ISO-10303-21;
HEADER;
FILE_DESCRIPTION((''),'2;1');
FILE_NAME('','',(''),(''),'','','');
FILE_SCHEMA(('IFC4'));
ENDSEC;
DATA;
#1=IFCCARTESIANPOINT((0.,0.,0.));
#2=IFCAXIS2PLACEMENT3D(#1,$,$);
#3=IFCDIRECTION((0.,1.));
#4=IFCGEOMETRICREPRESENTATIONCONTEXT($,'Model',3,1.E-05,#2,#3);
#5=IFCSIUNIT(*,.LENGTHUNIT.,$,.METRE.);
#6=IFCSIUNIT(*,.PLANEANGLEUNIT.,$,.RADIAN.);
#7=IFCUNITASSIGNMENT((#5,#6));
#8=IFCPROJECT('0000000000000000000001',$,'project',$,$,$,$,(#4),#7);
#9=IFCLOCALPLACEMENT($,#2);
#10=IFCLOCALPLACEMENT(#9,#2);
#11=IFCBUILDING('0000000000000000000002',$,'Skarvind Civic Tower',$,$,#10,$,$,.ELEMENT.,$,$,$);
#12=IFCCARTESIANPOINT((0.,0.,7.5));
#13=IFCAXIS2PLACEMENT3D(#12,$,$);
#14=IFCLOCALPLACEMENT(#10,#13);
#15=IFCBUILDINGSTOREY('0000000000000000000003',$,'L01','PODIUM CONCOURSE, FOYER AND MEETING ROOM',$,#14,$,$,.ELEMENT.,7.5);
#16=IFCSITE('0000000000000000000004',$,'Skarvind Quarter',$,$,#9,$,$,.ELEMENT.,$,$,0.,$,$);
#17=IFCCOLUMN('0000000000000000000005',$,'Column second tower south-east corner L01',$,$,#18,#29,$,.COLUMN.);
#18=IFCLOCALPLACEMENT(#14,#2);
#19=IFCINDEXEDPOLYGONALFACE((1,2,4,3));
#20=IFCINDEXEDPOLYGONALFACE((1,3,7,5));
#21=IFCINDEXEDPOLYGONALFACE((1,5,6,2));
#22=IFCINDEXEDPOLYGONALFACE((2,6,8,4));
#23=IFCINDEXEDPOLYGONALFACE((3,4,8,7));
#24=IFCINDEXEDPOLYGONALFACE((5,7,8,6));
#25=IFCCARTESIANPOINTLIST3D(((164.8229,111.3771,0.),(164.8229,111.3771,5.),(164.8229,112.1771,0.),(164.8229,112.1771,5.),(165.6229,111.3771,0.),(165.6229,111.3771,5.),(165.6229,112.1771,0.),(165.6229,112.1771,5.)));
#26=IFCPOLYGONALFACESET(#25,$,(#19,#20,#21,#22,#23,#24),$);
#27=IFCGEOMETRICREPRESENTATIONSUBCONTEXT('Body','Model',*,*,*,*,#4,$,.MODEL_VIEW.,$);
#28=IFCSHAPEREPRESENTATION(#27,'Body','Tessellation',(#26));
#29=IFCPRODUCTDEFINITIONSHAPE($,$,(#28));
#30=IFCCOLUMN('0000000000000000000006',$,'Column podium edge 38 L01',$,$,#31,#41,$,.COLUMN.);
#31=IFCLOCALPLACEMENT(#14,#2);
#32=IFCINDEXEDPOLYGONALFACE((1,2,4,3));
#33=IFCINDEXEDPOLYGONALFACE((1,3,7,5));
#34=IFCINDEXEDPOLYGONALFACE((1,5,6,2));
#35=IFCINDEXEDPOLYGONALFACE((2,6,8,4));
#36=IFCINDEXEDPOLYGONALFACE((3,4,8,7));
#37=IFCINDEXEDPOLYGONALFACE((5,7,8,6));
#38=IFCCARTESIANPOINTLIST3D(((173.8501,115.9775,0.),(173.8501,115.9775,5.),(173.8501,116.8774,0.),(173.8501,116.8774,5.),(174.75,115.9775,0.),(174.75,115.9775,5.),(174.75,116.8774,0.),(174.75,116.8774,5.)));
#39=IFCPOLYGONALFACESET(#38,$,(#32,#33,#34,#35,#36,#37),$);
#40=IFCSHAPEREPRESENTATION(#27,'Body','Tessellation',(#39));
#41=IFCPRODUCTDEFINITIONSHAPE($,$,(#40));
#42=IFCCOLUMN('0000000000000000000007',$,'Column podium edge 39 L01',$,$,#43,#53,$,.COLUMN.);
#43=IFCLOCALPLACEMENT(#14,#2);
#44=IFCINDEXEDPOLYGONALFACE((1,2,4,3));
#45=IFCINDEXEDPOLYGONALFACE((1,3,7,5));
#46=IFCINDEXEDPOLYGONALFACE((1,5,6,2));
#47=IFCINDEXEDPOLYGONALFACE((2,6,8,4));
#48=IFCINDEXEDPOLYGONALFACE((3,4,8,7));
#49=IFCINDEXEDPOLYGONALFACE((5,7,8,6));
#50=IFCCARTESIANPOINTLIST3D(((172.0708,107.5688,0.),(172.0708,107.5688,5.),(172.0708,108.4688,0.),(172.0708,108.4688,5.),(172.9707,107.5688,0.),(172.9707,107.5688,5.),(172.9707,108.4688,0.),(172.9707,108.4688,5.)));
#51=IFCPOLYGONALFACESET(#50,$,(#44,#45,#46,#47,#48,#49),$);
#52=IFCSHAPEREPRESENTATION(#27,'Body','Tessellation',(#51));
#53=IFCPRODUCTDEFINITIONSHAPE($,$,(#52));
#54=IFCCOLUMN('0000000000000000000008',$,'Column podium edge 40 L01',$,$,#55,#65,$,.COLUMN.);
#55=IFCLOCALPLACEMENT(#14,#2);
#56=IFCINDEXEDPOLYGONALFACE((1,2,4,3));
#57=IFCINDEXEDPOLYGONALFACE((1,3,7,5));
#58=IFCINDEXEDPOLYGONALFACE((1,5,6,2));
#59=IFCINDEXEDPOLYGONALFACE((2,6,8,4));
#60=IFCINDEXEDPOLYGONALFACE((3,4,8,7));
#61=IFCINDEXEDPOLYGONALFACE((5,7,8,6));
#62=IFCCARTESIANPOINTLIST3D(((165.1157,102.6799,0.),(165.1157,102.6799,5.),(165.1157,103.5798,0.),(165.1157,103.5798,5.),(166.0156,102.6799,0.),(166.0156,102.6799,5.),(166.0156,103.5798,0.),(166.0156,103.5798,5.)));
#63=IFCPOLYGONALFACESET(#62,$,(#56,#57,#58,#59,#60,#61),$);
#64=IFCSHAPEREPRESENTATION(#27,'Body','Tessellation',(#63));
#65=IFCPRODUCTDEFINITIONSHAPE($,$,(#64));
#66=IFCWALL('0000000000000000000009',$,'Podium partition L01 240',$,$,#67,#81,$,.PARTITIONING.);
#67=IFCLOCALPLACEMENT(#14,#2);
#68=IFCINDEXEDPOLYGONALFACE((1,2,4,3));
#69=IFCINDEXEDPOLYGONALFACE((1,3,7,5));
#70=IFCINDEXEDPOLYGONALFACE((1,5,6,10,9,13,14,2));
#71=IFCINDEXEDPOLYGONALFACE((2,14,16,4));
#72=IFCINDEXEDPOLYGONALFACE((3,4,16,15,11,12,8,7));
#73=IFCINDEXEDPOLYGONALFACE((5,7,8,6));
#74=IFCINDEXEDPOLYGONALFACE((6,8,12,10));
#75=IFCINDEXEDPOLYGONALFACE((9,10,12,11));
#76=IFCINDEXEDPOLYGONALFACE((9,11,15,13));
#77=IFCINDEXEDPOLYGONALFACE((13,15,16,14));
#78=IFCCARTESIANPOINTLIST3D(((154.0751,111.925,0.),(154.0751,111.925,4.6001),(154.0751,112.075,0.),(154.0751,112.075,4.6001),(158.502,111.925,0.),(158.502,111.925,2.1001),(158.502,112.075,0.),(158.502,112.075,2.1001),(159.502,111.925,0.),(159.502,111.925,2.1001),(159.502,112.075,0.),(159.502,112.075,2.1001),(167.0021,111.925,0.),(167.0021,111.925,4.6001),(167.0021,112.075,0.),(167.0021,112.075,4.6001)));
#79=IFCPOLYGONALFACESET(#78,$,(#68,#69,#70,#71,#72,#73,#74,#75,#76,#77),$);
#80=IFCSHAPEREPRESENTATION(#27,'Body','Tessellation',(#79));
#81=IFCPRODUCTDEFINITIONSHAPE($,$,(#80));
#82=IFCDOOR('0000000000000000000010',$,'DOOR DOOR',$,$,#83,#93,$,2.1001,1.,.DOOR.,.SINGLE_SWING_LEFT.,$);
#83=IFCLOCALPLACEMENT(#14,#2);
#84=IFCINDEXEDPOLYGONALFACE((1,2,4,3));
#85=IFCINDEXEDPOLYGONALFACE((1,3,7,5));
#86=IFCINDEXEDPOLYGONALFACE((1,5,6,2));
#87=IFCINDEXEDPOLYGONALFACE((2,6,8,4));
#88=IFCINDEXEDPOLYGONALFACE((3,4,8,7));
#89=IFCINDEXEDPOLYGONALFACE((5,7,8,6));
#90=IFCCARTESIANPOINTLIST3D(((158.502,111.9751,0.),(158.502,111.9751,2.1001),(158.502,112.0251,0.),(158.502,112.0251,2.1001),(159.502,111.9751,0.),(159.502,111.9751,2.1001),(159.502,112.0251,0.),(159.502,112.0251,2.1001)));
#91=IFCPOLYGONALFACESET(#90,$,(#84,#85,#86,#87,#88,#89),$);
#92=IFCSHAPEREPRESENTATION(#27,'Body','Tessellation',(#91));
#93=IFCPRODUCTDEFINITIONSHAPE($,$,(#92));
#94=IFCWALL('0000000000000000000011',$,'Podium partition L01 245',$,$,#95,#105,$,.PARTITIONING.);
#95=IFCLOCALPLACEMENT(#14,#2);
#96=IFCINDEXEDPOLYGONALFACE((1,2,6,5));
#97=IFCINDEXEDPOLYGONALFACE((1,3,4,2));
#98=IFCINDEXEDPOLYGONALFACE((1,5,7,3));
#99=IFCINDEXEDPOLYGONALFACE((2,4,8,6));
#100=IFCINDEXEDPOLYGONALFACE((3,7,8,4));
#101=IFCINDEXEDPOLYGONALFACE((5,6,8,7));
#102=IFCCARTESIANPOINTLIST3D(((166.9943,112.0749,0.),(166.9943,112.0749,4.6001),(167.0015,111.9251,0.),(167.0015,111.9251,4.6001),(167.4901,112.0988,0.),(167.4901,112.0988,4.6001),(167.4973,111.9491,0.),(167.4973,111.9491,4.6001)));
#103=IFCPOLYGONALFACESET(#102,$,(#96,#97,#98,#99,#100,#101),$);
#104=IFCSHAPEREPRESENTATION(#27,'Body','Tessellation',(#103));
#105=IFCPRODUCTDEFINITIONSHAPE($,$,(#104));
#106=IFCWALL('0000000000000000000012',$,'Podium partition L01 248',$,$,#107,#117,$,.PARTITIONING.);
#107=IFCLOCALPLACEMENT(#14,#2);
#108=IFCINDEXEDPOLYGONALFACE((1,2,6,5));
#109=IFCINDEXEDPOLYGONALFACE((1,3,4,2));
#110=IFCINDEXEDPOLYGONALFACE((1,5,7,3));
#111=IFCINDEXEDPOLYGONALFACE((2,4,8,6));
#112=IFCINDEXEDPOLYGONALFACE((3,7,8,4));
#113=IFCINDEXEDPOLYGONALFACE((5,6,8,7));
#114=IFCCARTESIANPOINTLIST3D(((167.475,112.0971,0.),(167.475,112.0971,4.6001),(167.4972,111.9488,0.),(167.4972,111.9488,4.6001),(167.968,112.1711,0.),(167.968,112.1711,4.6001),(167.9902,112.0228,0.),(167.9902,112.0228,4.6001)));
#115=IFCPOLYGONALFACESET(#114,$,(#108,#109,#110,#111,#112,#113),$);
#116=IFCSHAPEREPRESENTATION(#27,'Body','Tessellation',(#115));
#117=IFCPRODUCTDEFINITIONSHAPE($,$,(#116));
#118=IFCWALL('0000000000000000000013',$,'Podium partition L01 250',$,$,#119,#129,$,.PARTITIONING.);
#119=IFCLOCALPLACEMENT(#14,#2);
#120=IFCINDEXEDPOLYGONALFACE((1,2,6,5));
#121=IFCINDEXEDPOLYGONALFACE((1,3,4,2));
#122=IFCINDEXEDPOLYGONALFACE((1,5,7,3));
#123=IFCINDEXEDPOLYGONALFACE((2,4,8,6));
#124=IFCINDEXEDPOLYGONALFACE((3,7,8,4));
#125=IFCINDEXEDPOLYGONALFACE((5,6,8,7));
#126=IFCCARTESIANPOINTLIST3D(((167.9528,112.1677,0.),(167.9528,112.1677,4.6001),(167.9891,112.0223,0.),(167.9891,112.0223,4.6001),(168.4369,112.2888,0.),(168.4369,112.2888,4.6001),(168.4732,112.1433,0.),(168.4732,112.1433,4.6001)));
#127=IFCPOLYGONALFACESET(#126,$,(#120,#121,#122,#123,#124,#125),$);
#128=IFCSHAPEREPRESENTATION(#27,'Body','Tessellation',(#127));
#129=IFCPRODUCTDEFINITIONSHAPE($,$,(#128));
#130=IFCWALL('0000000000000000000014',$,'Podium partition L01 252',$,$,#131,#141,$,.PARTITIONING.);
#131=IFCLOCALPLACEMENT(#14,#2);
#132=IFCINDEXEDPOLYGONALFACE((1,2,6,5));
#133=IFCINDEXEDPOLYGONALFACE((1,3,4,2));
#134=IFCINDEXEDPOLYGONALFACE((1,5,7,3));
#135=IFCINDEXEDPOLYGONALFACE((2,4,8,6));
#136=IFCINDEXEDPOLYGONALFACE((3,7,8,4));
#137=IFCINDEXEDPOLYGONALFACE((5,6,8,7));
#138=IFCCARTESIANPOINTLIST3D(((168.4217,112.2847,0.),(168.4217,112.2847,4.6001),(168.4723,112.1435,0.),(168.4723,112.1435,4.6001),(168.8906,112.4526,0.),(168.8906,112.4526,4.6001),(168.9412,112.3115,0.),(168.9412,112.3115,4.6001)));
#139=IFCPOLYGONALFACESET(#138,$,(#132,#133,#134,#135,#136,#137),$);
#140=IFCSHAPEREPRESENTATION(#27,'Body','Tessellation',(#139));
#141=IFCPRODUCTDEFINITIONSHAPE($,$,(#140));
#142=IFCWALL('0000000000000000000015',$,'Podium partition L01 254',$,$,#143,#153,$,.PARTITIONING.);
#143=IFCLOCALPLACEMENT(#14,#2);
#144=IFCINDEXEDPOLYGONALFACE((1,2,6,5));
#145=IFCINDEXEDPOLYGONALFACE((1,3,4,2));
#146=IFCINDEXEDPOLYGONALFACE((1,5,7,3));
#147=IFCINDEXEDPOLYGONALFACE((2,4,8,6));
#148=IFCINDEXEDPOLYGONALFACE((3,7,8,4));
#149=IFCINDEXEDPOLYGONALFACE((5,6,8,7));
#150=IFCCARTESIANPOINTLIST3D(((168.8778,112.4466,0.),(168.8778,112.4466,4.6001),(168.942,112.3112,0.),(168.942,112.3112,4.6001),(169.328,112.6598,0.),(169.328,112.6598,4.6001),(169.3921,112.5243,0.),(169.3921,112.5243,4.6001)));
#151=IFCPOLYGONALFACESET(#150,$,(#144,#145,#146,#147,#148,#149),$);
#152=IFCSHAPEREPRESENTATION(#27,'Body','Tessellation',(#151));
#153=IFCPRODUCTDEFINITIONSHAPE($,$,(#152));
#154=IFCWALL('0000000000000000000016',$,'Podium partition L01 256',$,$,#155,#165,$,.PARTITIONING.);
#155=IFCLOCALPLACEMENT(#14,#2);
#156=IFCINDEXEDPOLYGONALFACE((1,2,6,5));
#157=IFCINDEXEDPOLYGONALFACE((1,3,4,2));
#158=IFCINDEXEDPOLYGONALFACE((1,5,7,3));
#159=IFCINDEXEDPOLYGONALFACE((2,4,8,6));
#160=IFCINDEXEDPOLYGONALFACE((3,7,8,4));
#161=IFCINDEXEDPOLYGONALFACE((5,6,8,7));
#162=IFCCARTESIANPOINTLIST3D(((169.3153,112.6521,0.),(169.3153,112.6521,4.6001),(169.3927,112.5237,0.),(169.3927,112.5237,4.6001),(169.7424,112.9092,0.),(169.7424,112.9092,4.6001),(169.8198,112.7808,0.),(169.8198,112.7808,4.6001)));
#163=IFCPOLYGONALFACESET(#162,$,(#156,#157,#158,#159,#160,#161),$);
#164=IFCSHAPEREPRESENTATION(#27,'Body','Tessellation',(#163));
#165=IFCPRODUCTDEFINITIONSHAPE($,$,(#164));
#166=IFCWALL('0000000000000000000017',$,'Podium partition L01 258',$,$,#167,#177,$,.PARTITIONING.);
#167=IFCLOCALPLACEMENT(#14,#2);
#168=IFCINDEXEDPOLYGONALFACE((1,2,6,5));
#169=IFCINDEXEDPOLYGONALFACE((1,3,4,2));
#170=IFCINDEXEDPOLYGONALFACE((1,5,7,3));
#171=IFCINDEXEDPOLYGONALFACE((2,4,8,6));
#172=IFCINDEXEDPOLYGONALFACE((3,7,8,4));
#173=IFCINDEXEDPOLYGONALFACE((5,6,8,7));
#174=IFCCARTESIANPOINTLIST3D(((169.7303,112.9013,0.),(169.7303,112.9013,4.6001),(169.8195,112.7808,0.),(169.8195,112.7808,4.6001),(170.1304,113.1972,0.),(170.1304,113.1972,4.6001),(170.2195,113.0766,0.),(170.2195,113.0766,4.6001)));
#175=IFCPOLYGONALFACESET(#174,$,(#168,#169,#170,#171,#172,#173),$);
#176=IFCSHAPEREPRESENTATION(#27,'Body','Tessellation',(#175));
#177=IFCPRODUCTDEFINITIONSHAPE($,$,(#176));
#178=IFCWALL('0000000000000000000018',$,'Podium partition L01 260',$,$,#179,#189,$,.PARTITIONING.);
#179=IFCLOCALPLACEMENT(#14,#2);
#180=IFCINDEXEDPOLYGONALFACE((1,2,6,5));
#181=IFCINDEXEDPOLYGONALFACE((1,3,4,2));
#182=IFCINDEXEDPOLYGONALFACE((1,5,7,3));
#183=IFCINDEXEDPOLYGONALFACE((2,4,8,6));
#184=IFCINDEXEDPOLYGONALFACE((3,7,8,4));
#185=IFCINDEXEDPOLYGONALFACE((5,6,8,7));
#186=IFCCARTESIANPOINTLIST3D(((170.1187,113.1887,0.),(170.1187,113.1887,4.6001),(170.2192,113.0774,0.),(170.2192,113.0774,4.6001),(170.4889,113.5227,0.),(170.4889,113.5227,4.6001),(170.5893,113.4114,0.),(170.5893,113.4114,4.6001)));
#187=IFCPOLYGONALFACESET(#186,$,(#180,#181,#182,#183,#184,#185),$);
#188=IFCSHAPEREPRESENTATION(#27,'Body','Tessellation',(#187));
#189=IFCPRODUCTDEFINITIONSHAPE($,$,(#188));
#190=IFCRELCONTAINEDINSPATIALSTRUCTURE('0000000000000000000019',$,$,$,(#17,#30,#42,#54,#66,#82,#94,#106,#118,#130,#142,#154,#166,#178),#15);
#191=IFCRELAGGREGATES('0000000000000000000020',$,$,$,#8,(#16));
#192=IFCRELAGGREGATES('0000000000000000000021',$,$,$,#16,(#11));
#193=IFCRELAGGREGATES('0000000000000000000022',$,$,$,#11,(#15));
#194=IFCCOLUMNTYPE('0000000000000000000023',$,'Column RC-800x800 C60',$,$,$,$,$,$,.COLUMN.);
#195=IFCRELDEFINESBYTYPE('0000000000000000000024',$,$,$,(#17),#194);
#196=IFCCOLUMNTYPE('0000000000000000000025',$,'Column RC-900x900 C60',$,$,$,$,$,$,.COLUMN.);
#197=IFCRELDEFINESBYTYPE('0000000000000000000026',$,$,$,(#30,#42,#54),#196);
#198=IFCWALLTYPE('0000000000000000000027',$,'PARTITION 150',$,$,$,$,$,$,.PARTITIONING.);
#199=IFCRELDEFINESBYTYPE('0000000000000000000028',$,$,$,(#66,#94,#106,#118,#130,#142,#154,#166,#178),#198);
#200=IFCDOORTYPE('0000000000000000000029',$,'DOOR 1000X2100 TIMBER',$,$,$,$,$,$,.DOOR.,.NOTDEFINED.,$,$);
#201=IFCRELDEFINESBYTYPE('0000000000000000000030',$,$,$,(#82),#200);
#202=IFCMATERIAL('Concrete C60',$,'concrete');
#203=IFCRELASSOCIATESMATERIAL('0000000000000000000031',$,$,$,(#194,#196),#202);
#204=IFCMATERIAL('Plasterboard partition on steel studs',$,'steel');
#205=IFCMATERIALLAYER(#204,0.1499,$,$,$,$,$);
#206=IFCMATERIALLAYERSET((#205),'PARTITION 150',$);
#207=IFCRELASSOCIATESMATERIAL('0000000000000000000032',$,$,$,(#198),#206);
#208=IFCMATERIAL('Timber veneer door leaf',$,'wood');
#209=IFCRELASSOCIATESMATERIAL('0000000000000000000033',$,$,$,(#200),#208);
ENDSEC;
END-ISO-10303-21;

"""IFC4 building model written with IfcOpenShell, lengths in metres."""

from ifc_helpers import new_model, si_unit, direction, frame, frame_2d, origin, origin_2d, place, context, subcontext, project, spatial, rectangle, extrude, material, layer, layer_set, material_profile, profile_set, type_object, element, fill, save


model = new_model("IFC4")

# Units and contexts
model_context = context("Model", 3, precision=1e-05, world=origin(), true_north=direction((0.0, 1.0)))
body_context = subcontext(model_context, "Body", "Model", "MODEL_VIEW")
ifc_project = project(units=[si_unit("LENGTHUNIT", "METRE"), si_unit("PLANEANGLEUNIT", "RADIAN")], contexts=[model_context])

# Site, building, storey
site_placement = place(None, origin())
site = spatial("IfcSite", under=ifc_project, at=site_placement, Name="Skarvind Quarter", CompositionType="ELEMENT", RefElevation=0.0)
building_placement = place(site_placement, origin())
building = spatial("IfcBuilding", under=site, at=building_placement, Name="Skarvind Civic Tower", CompositionType="ELEMENT")
storey_placement = place(building_placement, frame((0.0, 0.0, 7.5)))
storey = spatial("IfcBuildingStorey", under=building, at=storey_placement, Name="L01", Description="PODIUM CONCOURSE, FOYER AND MEETING ROOM", CompositionType="ELEMENT", Elevation=7.5)

# Columns
ifc_material_1 = material(Name="Concrete C60", Category="concrete")
ifc_material_profile_1 = material_profile(ifc_material_1, rectangle(XDim=0.8, YDim=0.8, at=origin_2d()), Name="RC-800x800")
ifc_profile_set_1 = profile_set([ifc_material_profile_1], Name="Concrete C60")
column_type_1 = type_object("IfcColumnType", Name="Column RC-800x800 C60", PredefinedType="COLUMN", material=ifc_profile_set_1)
column_placement = place(storey_placement, frame((165.2229, 111.7771, 0.0), z_axis=(0.0, 0.0, 1.0), x_axis=(1.0, 0.0, 0.0)))
element("IfcColumn", 1, at=column_placement, inside=storey, type_object=column_type_1, Name="Column second tower south-east corner L01", PredefinedType="COLUMN", context=body_context, shape_type="SweptSolid", body=[
    extrude(rectangle(XDim=0.8, YDim=0.8, at=origin_2d()), origin(), (0.0, 0.0, 1.0), 5.0),
])
ifc_material_profile_2 = material_profile(ifc_material_1, rectangle(XDim=0.8999, YDim=0.8999, at=origin_2d()), Name="RC-900x900")
ifc_profile_set_2 = profile_set([ifc_material_profile_2], Name="Concrete C60")
column_type_2 = type_object("IfcColumnType", Name="Column RC-900x900 C60", PredefinedType="COLUMN", material=ifc_profile_set_2)
for number, where, z_axis, x_axis, name in (
    (2, (174.3, 116.4275, 0.0), (0.0, 0.0, 1.0), (1.0, 0.0, 0.0), "Column podium edge 38 L01"),
    (3, (172.5208, 108.0188, 0.0), (0.0, 0.0, 1.0), (1.0, 0.0, 0.0), "Column podium edge 39 L01"),
    (4, (165.5657, 103.1299, 0.0), (0.0, 0.0, 1.0), (1.0, 0.0, 0.0), "Column podium edge 40 L01"),
):
    element("IfcColumn", number, at=place(storey_placement, frame(where, z_axis=z_axis, x_axis=x_axis)), inside=storey, type_object=column_type_2, Name=name, PredefinedType="COLUMN", context=body_context, shape_type="SweptSolid", body=[
        extrude(rectangle(XDim=0.8999, YDim=0.8999, at=origin_2d()), origin(), (0.0, 0.0, 1.0), 5.0),
    ])

# Wall, opening, door
ifc_material_2 = material(Name="Plasterboard partition on steel studs", Category="steel")
ifc_layer_1 = layer(ifc_material_2, 0.1499)
ifc_layer_set_1 = layer_set([ifc_layer_1], Name="PARTITION 150")
wall_type_1 = type_object("IfcWallType", Name="PARTITION 150", PredefinedType="PARTITIONING", material=ifc_layer_set_1)
wall_1_placement = place(storey_placement, frame((167.002, 112.0, 0.0), z_axis=(0.0, 0.0, 1.0), x_axis=(-1.0, 0.0, 0.0)))
wall_1 = element("IfcWall", 5, at=wall_1_placement, inside=storey, type_object=wall_type_1, Name="Podium partition L01 240", PredefinedType="PARTITIONING", context=body_context, shape_type="SweptSolid", body=[
    extrude(rectangle(XDim=12.927, YDim=0.1499, at=frame_2d((6.4634, 0.0))), origin(), (0.0, 0.0, 1.0), 4.6001),
])
opening_placement = place(wall_1_placement, frame((7.5, 0.0, 0.0)))
opening = element("IfcOpeningElement", 6, at=opening_placement, cuts=wall_1, PredefinedType="OPENING", context=body_context, shape_type="SweptSolid", body=[
    extrude(rectangle(XDim=1.0, YDim=2.1001, at=frame_2d((0.5, 1.05))), frame((0.0, 0.085, 0.0), z_axis=(0.0, -1.0, 0.0), x_axis=(1.0, 0.0, 0.0)), (0.0, 0.0, 1.0), 0.1699),
])
ifc_material_3 = material(Name="Timber veneer door leaf", Category="wood")
door_type = type_object("IfcDoorType", Name="DOOR 1000X2100 TIMBER", OperationType="NOTDEFINED", PredefinedType="DOOR", material=ifc_material_3)
door_placement = place(opening_placement, origin())
door = element("IfcDoor", 7, at=door_placement, inside=storey, type_object=door_type, Name="DOOR DOOR", OperationType="SINGLE_SWING_LEFT", OverallHeight=2.1001, OverallWidth=1.0, PredefinedType="DOOR", context=body_context, shape_type="SweptSolid", body=[
    extrude(rectangle(XDim=1.0, YDim=2.1001, at=frame_2d((0.5, 1.05))), frame((0.0, 0.0249, 0.0), z_axis=(0.0, -1.0, 0.0), x_axis=(1.0, 0.0, 0.0)), (0.0, 0.0, 1.0), 0.05),
])
fill(opening, door)

# Walls
wall_2_placement = place(storey_placement, frame((166.998, 112.0, 0.0), z_axis=(0.0, 0.0, 1.0), x_axis=(0.998838, 0.048196, 0.0)))
element("IfcWall", 8, at=wall_2_placement, inside=storey, type_object=wall_type_1, Name="Podium partition L01 245", PredefinedType="PARTITIONING", context=body_context, shape_type="SweptSolid", body=[
    extrude(rectangle(XDim=0.4963, YDim=0.1499, at=frame_2d((0.248, 0.0))), origin(), (0.0, 0.0, 1.0), 4.6001),
])
wall_3_placement = place(storey_placement, frame((167.4861, 112.0229, 0.0), z_axis=(0.0, 0.0, 1.0), x_axis=(0.988926, 0.148412, 0.0)))
element("IfcWall", 9, at=wall_3_placement, inside=storey, type_object=wall_type_1, Name="Podium partition L01 248", PredefinedType="PARTITIONING", context=body_context, shape_type="SweptSolid", body=[
    extrude(rectangle(XDim=0.4985, YDim=0.1499, at=frame_2d((0.2493, 0.0))), origin(), (0.0, 0.0, 1.0), 4.6001),
])
wall_4_placement = place(storey_placement, frame((167.9709, 112.095, 0.0), z_axis=(0.0, 0.0, 1.0), x_axis=(0.970114, 0.242651, 0.0)))
element("IfcWall", 10, at=wall_4_placement, inside=storey, type_object=wall_type_1, Name="Podium partition L01 250", PredefinedType="PARTITIONING", context=body_context, shape_type="SweptSolid", body=[
    extrude(rectangle(XDim=0.499, YDim=0.1499, at=frame_2d((0.2495, 0.0))), origin(), (0.0, 0.0, 1.0), 4.6001),
])
for number, where, z_axis, x_axis, name in (
    (11, (168.447, 112.2141, 0.0), (0.0, 0.0, 1.0), (0.941442, 0.337174, 0.0), "Podium partition L01 252"),
    (12, (168.9099, 112.3789, 0.0), (0.0, 0.0, 1.0), (0.903828, 0.427897, 0.0), "Podium partition L01 254"),
):
    element("IfcWall", number, at=place(storey_placement, frame(where, z_axis=z_axis, x_axis=x_axis)), inside=storey, type_object=wall_type_1, Name=name, PredefinedType="PARTITIONING", context=body_context, shape_type="SweptSolid", body=[
        extrude(rectangle(XDim=0.498, YDim=0.1499, at=frame_2d((0.249, 0.0))), origin(), (0.0, 0.0, 1.0), 4.6001),
    ])
wall_5_placement = place(storey_placement, frame((169.354, 112.5879, 0.0), z_axis=(0.0, 0.0, 1.0), x_axis=(0.856714, 0.515792, 0.0)))
element("IfcWall", 13, at=wall_5_placement, inside=storey, type_object=wall_type_1, Name="Podium partition L01 256", PredefinedType="PARTITIONING", context=body_context, shape_type="SweptSolid", body=[
    extrude(rectangle(XDim=0.4985, YDim=0.1499, at=frame_2d((0.2493, 0.0))), origin(), (0.0, 0.0, 1.0), 4.6001),
])
wall_6_placement = place(storey_placement, frame((169.7749, 112.8411, 0.0), z_axis=(0.0, 0.0, 1.0), x_axis=(0.804044, 0.59457, 0.0)))
element("IfcWall", 14, at=wall_6_placement, inside=storey, type_object=wall_type_1, Name="Podium partition L01 258", PredefinedType="PARTITIONING", context=body_context, shape_type="SweptSolid", body=[
    extrude(rectangle(XDim=0.4976, YDim=0.1499, at=frame_2d((0.2488, 0.0))), origin(), (0.0, 0.0, 1.0), 4.6001),
])
for number, where, z_axis, x_axis, name in (
    (15, (170.1689, 113.1331, 0.0), (0.0, 0.0, 1.0), (0.742417, 0.669938, 0.0), "Podium partition L01 260"),
):
    element("IfcWall", number, at=place(storey_placement, frame(where, z_axis=z_axis, x_axis=x_axis)), inside=storey, type_object=wall_type_1, Name=name, PredefinedType="PARTITIONING", context=body_context, shape_type="SweptSolid", body=[
        extrude(rectangle(XDim=0.4985, YDim=0.1499, at=frame_2d((0.2493, 0.0))), origin(), (0.0, 0.0, 1.0), 4.6001),
    ])

save(model, "model.ifc")
